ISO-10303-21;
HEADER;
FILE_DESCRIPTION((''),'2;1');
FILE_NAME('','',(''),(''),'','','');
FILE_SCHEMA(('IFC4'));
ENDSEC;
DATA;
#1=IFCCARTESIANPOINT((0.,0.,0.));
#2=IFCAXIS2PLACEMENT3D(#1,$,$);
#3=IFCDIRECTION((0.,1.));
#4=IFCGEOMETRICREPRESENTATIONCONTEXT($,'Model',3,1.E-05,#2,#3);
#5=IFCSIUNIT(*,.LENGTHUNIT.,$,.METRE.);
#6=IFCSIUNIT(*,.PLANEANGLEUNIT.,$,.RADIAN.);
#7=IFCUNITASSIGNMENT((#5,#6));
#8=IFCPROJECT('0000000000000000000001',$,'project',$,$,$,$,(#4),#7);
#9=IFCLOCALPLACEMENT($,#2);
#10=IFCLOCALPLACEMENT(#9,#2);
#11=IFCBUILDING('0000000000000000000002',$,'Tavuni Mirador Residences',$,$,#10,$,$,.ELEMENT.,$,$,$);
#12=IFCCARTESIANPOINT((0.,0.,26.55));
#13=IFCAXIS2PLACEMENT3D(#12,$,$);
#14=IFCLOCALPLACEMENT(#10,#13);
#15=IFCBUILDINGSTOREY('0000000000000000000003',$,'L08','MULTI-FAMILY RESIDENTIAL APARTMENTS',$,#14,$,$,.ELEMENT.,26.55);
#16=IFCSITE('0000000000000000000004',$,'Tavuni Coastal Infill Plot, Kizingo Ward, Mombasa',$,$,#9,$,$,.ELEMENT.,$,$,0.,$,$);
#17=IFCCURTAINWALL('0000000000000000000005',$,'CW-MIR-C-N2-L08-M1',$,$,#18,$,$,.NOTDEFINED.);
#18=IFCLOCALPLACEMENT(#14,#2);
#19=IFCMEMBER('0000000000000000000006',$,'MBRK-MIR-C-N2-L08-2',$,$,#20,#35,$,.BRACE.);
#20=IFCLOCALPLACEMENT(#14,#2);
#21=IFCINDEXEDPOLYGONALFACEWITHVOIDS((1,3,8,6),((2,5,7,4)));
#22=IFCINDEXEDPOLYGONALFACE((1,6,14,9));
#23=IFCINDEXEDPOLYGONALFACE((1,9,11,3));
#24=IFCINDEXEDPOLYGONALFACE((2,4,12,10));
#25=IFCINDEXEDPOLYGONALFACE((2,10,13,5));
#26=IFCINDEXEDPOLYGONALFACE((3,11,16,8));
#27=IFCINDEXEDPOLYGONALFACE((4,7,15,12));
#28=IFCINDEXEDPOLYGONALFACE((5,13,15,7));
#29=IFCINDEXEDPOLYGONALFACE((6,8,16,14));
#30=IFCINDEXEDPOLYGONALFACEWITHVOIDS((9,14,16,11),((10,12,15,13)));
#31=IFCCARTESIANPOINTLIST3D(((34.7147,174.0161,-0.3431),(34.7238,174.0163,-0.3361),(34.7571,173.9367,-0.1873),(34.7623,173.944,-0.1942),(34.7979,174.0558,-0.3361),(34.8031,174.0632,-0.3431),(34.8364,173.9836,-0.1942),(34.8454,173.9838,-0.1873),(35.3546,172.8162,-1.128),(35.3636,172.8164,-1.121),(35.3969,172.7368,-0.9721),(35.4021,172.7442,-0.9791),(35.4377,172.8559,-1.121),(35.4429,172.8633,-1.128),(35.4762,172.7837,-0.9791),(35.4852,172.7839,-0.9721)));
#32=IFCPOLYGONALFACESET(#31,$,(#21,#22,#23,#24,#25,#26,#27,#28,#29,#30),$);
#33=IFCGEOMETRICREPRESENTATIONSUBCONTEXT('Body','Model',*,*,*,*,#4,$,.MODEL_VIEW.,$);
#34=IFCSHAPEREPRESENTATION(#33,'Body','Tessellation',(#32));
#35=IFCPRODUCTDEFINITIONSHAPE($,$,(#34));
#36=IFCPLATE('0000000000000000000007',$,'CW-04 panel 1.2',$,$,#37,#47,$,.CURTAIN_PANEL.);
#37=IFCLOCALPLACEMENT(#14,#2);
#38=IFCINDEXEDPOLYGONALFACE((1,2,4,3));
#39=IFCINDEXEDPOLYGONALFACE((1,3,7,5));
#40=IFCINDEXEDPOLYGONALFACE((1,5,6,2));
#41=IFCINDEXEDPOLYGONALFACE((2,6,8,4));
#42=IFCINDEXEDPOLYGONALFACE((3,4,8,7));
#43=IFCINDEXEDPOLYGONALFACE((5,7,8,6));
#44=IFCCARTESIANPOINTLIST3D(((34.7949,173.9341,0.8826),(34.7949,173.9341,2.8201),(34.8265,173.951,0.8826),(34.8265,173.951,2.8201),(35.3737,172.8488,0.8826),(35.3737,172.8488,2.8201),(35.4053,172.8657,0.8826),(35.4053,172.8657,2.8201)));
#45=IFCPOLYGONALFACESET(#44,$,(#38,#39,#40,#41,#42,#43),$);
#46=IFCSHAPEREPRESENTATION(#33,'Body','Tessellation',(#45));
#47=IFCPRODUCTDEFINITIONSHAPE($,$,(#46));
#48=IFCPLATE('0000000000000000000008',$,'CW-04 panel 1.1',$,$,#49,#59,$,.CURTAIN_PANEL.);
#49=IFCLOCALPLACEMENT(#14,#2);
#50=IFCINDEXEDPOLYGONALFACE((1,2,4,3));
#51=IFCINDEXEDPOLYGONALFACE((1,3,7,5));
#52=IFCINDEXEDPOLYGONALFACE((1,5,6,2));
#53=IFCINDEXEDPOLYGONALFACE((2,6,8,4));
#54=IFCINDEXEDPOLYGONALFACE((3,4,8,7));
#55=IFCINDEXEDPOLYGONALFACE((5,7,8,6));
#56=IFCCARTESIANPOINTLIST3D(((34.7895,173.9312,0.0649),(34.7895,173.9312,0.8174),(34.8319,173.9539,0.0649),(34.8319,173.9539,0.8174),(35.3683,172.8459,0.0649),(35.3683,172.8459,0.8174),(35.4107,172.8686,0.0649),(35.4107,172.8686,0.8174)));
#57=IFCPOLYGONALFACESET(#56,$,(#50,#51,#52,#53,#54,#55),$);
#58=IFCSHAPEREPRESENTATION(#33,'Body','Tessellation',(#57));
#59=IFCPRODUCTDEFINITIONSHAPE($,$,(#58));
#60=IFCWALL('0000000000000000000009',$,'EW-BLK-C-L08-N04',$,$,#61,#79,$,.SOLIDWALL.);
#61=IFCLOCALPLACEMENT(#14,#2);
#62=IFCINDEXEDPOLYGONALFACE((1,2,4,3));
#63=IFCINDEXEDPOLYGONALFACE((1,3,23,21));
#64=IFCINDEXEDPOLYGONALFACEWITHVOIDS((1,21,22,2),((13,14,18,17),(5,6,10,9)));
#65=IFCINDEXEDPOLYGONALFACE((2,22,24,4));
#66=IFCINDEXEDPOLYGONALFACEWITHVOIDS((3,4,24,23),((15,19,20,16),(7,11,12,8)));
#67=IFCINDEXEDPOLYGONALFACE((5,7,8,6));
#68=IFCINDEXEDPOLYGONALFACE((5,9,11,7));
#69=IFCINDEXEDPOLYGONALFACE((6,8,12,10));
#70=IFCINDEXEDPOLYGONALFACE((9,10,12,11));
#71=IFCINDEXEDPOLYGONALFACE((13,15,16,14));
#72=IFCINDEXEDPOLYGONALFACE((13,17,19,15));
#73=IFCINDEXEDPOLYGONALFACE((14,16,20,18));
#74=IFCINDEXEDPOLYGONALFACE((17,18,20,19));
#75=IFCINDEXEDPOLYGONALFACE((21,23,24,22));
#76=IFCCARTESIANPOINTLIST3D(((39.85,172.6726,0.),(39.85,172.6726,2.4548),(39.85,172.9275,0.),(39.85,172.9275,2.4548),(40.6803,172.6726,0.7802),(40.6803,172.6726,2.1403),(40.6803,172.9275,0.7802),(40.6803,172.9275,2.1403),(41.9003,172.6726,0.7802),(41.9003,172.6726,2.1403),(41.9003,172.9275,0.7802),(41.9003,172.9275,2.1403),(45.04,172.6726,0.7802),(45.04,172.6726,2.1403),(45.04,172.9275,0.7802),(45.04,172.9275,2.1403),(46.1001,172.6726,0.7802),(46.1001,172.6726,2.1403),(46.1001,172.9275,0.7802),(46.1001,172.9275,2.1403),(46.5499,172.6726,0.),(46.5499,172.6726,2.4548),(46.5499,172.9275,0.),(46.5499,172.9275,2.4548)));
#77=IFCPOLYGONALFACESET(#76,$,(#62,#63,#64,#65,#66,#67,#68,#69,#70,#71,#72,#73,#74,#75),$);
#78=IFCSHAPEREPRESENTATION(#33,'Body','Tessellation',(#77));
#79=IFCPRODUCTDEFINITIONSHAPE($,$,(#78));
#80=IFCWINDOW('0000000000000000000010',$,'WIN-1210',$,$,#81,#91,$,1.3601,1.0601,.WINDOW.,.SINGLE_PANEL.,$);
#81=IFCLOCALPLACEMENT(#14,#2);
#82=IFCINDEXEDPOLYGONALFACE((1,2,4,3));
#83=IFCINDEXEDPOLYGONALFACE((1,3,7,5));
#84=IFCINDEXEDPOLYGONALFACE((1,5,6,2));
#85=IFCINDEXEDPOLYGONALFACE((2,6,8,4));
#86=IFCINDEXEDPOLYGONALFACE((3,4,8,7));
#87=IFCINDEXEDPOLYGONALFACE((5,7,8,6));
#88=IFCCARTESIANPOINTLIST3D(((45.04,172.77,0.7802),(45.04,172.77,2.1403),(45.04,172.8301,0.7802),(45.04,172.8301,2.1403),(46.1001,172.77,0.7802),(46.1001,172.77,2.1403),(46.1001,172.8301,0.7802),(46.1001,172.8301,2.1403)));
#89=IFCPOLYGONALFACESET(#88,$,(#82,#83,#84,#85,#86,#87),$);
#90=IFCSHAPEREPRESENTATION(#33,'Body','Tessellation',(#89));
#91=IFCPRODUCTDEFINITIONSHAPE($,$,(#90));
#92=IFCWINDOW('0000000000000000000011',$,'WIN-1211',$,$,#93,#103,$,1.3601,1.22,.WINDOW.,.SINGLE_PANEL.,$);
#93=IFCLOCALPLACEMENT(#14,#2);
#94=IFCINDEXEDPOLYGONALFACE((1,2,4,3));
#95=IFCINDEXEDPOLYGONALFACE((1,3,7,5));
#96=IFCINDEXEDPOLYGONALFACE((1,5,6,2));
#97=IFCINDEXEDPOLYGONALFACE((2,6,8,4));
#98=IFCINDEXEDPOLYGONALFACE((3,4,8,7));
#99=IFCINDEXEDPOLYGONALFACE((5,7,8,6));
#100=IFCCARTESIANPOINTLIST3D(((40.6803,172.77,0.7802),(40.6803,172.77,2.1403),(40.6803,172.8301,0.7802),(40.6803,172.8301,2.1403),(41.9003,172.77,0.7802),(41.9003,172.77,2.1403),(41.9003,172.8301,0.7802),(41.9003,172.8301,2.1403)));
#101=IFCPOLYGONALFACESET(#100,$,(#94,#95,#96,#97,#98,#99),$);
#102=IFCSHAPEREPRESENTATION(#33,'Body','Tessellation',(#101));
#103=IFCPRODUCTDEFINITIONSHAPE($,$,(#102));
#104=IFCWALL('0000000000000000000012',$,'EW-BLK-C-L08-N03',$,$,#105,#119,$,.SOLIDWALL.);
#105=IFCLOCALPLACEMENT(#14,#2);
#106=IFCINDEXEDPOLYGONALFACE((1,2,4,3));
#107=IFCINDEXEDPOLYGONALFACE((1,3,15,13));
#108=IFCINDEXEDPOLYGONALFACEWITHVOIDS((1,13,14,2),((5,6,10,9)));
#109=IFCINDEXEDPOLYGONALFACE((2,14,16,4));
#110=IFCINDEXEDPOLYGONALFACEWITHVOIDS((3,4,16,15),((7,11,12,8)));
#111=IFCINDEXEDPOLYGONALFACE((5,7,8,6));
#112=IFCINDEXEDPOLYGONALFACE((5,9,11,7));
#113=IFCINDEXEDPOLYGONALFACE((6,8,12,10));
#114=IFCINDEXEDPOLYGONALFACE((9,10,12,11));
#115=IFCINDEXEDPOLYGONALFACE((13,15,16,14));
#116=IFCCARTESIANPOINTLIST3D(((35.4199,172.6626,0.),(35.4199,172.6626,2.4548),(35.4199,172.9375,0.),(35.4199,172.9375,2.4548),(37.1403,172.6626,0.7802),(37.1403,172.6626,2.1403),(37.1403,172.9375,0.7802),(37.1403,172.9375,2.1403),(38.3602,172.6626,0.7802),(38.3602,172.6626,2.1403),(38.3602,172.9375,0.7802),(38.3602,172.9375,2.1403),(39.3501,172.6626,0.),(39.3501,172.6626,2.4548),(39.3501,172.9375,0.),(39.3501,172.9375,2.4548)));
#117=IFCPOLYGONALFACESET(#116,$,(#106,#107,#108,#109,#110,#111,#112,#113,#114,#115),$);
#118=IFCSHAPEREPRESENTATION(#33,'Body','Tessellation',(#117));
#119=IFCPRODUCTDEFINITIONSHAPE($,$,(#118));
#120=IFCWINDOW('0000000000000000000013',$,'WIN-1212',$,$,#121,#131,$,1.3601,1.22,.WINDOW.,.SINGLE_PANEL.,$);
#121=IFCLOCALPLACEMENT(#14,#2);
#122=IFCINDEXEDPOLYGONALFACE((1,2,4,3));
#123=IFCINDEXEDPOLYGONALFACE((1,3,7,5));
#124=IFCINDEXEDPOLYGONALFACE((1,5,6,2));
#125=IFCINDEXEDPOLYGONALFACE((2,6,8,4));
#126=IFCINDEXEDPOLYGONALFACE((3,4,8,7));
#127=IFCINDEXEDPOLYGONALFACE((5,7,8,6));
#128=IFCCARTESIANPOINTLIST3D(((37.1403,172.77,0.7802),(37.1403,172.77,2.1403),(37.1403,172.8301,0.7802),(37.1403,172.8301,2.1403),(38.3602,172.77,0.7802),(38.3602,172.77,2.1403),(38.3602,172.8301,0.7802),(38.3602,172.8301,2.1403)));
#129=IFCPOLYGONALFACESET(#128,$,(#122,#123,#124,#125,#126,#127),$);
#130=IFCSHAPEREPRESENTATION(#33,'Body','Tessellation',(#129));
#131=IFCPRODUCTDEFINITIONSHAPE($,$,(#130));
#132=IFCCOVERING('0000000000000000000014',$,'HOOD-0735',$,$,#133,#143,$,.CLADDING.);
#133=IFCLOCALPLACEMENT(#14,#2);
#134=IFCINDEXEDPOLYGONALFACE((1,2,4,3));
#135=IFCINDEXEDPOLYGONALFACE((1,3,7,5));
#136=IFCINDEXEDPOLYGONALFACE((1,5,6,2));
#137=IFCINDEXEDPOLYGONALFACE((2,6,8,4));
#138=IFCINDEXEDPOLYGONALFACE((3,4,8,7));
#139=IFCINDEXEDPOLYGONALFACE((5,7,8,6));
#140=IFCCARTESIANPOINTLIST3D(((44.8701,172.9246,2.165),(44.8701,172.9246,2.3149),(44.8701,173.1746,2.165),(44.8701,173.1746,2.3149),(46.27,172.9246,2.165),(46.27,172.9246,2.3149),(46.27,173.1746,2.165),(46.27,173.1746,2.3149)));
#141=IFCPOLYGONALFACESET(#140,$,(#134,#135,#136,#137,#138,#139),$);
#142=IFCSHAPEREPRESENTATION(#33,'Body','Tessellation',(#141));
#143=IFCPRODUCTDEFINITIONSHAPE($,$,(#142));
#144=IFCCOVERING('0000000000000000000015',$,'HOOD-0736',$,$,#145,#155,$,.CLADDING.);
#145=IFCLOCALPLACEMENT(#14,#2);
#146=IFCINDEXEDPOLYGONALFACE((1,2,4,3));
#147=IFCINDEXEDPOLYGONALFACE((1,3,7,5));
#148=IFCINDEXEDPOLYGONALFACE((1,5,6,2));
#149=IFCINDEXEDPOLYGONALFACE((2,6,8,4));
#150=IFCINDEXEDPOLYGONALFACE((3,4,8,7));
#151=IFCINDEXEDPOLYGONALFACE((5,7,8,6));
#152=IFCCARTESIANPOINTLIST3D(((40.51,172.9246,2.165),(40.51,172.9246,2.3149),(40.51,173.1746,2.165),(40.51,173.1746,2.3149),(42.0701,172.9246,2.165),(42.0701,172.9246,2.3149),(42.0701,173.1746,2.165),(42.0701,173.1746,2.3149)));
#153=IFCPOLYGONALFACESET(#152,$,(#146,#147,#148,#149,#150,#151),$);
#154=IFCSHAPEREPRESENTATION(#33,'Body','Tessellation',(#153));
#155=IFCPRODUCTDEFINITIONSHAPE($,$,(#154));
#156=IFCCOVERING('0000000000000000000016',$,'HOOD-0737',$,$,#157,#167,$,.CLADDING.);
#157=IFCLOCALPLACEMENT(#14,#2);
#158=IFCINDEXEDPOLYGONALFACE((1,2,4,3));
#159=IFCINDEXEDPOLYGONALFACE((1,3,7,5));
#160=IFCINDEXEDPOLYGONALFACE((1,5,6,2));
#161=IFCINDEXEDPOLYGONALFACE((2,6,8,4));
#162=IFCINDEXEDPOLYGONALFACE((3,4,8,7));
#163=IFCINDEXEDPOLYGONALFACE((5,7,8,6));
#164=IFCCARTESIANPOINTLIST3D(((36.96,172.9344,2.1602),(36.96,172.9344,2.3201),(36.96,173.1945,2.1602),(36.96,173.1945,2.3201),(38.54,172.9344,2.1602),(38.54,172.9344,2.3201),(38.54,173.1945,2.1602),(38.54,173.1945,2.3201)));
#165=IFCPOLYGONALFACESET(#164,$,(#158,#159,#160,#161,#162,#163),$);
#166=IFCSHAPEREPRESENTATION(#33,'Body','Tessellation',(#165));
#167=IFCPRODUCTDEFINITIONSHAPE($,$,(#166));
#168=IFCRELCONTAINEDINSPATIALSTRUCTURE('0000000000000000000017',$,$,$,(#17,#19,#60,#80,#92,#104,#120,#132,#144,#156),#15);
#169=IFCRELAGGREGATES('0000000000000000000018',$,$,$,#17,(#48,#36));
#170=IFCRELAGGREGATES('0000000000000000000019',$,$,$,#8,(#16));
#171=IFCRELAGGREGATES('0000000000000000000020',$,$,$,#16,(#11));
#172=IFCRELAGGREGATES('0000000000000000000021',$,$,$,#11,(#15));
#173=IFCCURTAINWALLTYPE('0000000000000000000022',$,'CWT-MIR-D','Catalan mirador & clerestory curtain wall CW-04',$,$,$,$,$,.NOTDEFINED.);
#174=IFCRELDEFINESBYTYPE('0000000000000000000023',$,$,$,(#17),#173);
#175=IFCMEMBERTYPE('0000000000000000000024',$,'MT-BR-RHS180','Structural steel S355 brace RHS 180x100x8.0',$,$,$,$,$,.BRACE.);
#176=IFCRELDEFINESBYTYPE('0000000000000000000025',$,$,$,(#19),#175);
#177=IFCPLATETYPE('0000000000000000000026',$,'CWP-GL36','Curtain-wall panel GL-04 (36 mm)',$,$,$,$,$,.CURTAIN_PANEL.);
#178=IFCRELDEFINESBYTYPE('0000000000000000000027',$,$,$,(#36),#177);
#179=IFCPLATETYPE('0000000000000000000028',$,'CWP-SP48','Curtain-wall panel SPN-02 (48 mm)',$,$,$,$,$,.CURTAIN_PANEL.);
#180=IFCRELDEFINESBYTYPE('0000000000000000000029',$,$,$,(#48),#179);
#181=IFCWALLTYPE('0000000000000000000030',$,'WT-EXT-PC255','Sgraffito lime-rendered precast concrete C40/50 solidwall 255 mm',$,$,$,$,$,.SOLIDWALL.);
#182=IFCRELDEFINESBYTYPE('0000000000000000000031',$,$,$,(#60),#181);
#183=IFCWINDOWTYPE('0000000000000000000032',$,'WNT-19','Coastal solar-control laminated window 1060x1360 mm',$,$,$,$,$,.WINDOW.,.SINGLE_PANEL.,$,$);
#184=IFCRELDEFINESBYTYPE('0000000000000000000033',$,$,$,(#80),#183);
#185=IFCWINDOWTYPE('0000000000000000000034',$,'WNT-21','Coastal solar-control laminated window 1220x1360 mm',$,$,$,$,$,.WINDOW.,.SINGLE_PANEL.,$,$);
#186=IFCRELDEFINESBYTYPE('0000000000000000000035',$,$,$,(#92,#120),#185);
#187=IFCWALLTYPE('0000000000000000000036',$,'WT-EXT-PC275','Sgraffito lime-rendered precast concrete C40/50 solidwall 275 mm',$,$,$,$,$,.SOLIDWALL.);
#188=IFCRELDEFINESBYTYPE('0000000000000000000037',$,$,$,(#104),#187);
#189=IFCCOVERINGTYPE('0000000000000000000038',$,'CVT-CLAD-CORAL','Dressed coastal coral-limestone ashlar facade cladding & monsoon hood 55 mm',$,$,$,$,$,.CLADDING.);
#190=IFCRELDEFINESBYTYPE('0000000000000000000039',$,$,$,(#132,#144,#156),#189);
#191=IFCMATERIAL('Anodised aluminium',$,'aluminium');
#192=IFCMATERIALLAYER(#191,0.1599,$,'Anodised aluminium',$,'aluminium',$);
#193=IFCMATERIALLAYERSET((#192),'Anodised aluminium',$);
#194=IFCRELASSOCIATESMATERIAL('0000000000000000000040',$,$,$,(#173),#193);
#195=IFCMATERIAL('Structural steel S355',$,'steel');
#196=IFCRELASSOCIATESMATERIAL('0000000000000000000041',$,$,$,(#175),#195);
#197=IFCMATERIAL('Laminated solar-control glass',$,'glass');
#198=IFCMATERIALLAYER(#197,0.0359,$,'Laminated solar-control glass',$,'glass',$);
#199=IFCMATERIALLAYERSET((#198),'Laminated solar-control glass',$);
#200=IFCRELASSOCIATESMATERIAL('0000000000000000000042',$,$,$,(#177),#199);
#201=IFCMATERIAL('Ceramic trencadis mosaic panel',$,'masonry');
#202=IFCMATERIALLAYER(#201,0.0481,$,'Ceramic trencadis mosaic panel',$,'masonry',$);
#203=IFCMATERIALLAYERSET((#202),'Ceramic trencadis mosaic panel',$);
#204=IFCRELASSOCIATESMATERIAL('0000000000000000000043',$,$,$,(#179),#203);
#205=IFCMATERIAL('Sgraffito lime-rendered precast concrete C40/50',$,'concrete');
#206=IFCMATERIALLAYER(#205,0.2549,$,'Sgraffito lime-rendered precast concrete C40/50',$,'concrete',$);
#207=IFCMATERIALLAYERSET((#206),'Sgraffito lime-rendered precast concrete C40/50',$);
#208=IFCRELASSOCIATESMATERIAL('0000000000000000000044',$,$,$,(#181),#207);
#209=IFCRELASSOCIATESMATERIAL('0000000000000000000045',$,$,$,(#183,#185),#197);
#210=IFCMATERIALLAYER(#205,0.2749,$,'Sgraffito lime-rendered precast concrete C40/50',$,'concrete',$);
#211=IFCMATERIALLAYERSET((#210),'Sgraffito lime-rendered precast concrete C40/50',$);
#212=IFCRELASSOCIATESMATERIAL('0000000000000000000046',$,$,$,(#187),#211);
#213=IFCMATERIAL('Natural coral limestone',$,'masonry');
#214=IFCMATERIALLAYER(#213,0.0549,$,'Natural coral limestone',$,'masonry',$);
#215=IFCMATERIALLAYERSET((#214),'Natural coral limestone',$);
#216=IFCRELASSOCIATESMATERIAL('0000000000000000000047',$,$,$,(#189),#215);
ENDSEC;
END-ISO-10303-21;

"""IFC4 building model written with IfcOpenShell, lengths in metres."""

from ifc_helpers import new_model, si_unit, direction, frame, frame_2d, origin, origin_2d, place, context, subcontext, project, spatial, rectangle, hollow_rectangle, extrude, material, layer, layer_set, material_profile, profile_set, type_object, element, fill, aggregate, save


model = new_model("IFC4")

# Units and contexts
model_context = context("Model", 3, precision=1e-05, world=origin(), true_north=direction((0.0, 1.0)))
body_context = subcontext(model_context, "Body", "Model", "MODEL_VIEW")
ifc_project = project(units=[si_unit("LENGTHUNIT", "METRE"), si_unit("PLANEANGLEUNIT", "RADIAN")], contexts=[model_context])

# Site, building, storey
site_placement = place(None, origin())
site = spatial("IfcSite", under=ifc_project, at=site_placement, Name="Tavuni Coastal Infill Plot, Kizingo Ward, Mombasa", CompositionType="ELEMENT", RefElevation=0.0)
building_placement = place(site_placement, origin())
building = spatial("IfcBuilding", under=site, at=building_placement, Name="Tavuni Mirador Residences", CompositionType="ELEMENT")
storey_placement = place(building_placement, frame((0.0, 0.0, 26.55)))
storey = spatial("IfcBuildingStorey", under=building, at=storey_placement, Name="L08", Description="MULTI-FAMILY RESIDENTIAL APARTMENTS", CompositionType="ELEMENT", Elevation=26.55)

# Shared definitions
ifc_material_1 = material(Name="Anodised aluminium", Category="aluminium")

# Curtain wall
ifc_layer_1 = layer(ifc_material_1, 0.1599, Name="Anodised aluminium", Category="aluminium")
ifc_layer_set_1 = layer_set([ifc_layer_1], Name="Anodised aluminium")
curtain_wall_type_1 = type_object("IfcCurtainWallType", Name="CWT-MIR-D", Description="Catalan mirador & clerestory curtain wall CW-04", PredefinedType="NOTDEFINED", material=ifc_layer_set_1)
curtain_wall_1_placement = place(storey_placement, origin())
curtain_wall_1 = element("IfcCurtainWall", 1, at=curtain_wall_1_placement, inside=storey, type_object=curtain_wall_type_1, Name="CW-MIR-C-N2-L08-M1", PredefinedType="NOTDEFINED")

# Member
ifc_material_2 = material(Name="Structural steel S355", Category="steel")
ifc_material_profile_1 = material_profile(ifc_material_2, hollow_rectangle(XDim=0.1001, YDim=0.1799, WallThickness=0.0081, at=origin_2d()), Name="RHS 180x100x8.0", Category="steel")
ifc_profile_set_1 = profile_set([ifc_material_profile_1], Name="Structural steel S355")
member_type_1 = type_object("IfcMemberType", Name="MT-BR-RHS180", Description="Structural steel S355 brace RHS 180x100x8.0", PredefinedType="BRACE", material=ifc_profile_set_1)
member_1_placement = place(storey_placement, frame((35.4199, 172.8, -1.05), z_axis=(-0.407531, 0.764218, 0.49989), x_axis=(-0.882378, -0.470542, 0.0)))
element("IfcMember", 2, at=member_1_placement, inside=storey, type_object=member_type_1, Name="MBRK-MIR-C-N2-L08-2", PredefinedType="BRACE", context=body_context, shape_type="SweptSolid", body=[
    extrude(hollow_rectangle(XDim=0.1001, YDim=0.1799, WallThickness=0.0081, at=origin_2d()), origin(), (0.0, 0.0, 1.0), 1.5701),
])

# Plates
ifc_material_3 = material(Name="Laminated solar-control glass", Category="glass")
ifc_layer_2 = layer(ifc_material_3, 0.0359, Name="Laminated solar-control glass", Category="glass")
ifc_layer_set_2 = layer_set([ifc_layer_2], Name="Laminated solar-control glass")
plate_type_1 = type_object("IfcPlateType", Name="CWP-GL36", Description="Curtain-wall panel GL-04 (36 mm)", PredefinedType="CURTAIN_PANEL", material=ifc_layer_set_2)
plate_1_placement = place(storey_placement, frame((35.1001, 173.3999, 0.8826), z_axis=(0.0, 0.0, 1.0), x_axis=(-0.470588, 0.882353, 0.0)))
plate_1 = element("IfcPlate", 3, at=plate_1_placement, type_object=plate_type_1, Name="CW-04 panel 1.2", PredefinedType="CURTAIN_PANEL", context=body_context, shape_type="SweptSolid", body=[
    extrude(rectangle(XDim=1.23, YDim=0.0359, at=origin_2d()), origin(), (0.0, 0.0, 1.0), 1.9375),
])
ifc_material_4 = material(Name="Ceramic trencadis mosaic panel", Category="masonry")
ifc_layer_3 = layer(ifc_material_4, 0.0481, Name="Ceramic trencadis mosaic panel", Category="masonry")
ifc_layer_set_3 = layer_set([ifc_layer_3], Name="Ceramic trencadis mosaic panel")
plate_type_2 = type_object("IfcPlateType", Name="CWP-SP48", Description="Curtain-wall panel SPN-02 (48 mm)", PredefinedType="CURTAIN_PANEL", material=ifc_layer_set_3)
plate_2_placement = place(storey_placement, frame((35.1001, 173.3999, 0.0649), z_axis=(0.0, 0.0, 1.0), x_axis=(-0.470588, 0.882353, 0.0)))
plate_2 = element("IfcPlate", 4, at=plate_2_placement, type_object=plate_type_2, Name="CW-04 panel 1.1", PredefinedType="CURTAIN_PANEL", context=body_context, shape_type="SweptSolid", body=[
    extrude(rectangle(XDim=1.23, YDim=0.0481, at=origin_2d()), origin(), (0.0, 0.0, 1.0), 0.7524),
])
aggregate(curtain_wall_1, [plate_2, plate_1])

# Wall, openings, windows
ifc_material_5 = material(Name="Sgraffito lime-rendered precast concrete C40/50", Category="concrete")
ifc_layer_4 = layer(ifc_material_5, 0.2549, Name="Sgraffito lime-rendered precast concrete C40/50", Category="concrete")
ifc_layer_set_4 = layer_set([ifc_layer_4], Name="Sgraffito lime-rendered precast concrete C40/50")
wall_type_1 = type_object("IfcWallType", Name="WT-EXT-PC255", Description="Sgraffito lime-rendered precast concrete C40/50 solidwall 255 mm", PredefinedType="SOLIDWALL", material=ifc_layer_set_4)
wall_1_placement = place(storey_placement, frame((46.55, 172.8, 0.0), z_axis=(0.0, 0.0, 1.0), x_axis=(-1.0, 0.0, 0.0)))
wall_1 = element("IfcWall", 5, at=wall_1_placement, inside=storey, type_object=wall_type_1, Name="EW-BLK-C-L08-N04", PredefinedType="SOLIDWALL", context=body_context, shape_type="SweptSolid", body=[
    extrude(rectangle(XDim=6.7, YDim=0.2549, at=frame_2d((3.3501, 0.0))), origin(), (0.0, 0.0, 1.0), 2.4548),
])
opening_1_placement = place(wall_1_placement, frame((0.45, 0.0, 0.78)))
opening_1 = element("IfcOpeningElement", 6, at=opening_1_placement, cuts=wall_1, PredefinedType="OPENING", context=body_context, shape_type="SweptSolid", body=[
    extrude(rectangle(XDim=1.0601, YDim=1.3601, at=frame_2d((0.53, 0.6802))), frame((0.0, 0.1375, 0.0), z_axis=(0.0, -1.0, 0.0), x_axis=(1.0, 0.0, 0.0)), (0.0, 0.0, 1.0), 0.2749),
])
opening_2_placement = place(wall_1_placement, frame((4.6499, 0.0, 0.78)))
opening_2 = element("IfcOpeningElement", 7, at=opening_2_placement, cuts=wall_1, PredefinedType="OPENING", context=body_context, shape_type="SweptSolid", body=[
    extrude(rectangle(XDim=1.22, YDim=1.3601, at=frame_2d((0.6099, 0.6802))), frame((0.0, 0.1375, 0.0), z_axis=(0.0, -1.0, 0.0), x_axis=(1.0, 0.0, 0.0)), (0.0, 0.0, 1.0), 0.2749),
])
window_type_1 = type_object("IfcWindowType", Name="WNT-19", Description="Coastal solar-control laminated window 1060x1360 mm", PartitioningType="SINGLE_PANEL", PredefinedType="WINDOW", material=ifc_material_3)
window_1_placement = place(opening_1_placement, origin())
window_1 = element("IfcWindow", 8, at=window_1_placement, inside=storey, type_object=window_type_1, Name="WIN-1210", OverallHeight=1.3601, OverallWidth=1.0601, PartitioningType="SINGLE_PANEL", PredefinedType="WINDOW", context=body_context, shape_type="SweptSolid", body=[
    extrude(rectangle(XDim=1.0601, YDim=1.3601, at=frame_2d((0.53, 0.6802))), frame((0.0, 0.03, 0.0), z_axis=(0.0, -1.0, 0.0), x_axis=(1.0, 0.0, 0.0)), (0.0, 0.0, 1.0), 0.0601),
])
fill(opening_1, window_1)
window_type_2 = type_object("IfcWindowType", Name="WNT-21", Description="Coastal solar-control laminated window 1220x1360 mm", PartitioningType="SINGLE_PANEL", PredefinedType="WINDOW", material=ifc_material_3)
window_2_placement = place(opening_2_placement, origin())
window_2 = element("IfcWindow", 9, at=window_2_placement, inside=storey, type_object=window_type_2, Name="WIN-1211", OverallHeight=1.3601, OverallWidth=1.22, PartitioningType="SINGLE_PANEL", PredefinedType="WINDOW", context=body_context, shape_type="SweptSolid", body=[
    extrude(rectangle(XDim=1.22, YDim=1.3601, at=frame_2d((0.6099, 0.6802))), frame((0.0, 0.03, 0.0), z_axis=(0.0, -1.0, 0.0), x_axis=(1.0, 0.0, 0.0)), (0.0, 0.0, 1.0), 0.0601),
])
fill(opening_2, window_2)

# Wall, opening, window
ifc_layer_5 = layer(ifc_material_5, 0.2749, Name="Sgraffito lime-rendered precast concrete C40/50", Category="concrete")
ifc_layer_set_5 = layer_set([ifc_layer_5], Name="Sgraffito lime-rendered precast concrete C40/50")
wall_type_2 = type_object("IfcWallType", Name="WT-EXT-PC275", Description="Sgraffito lime-rendered precast concrete C40/50 solidwall 275 mm", PredefinedType="SOLIDWALL", material=ifc_layer_set_5)
wall_2_placement = place(storey_placement, frame((39.3501, 172.8, 0.0), z_axis=(0.0, 0.0, 1.0), x_axis=(-1.0, 0.0, 0.0)))
wall_2 = element("IfcWall", 10, at=wall_2_placement, inside=storey, type_object=wall_type_2, Name="EW-BLK-C-L08-N03", PredefinedType="SOLIDWALL", context=body_context, shape_type="SweptSolid", body=[
    extrude(rectangle(XDim=3.9302, YDim=0.2749, at=frame_2d((1.9651, 0.0))), origin(), (0.0, 0.0, 1.0), 2.4548),
])
opening_3_placement = place(wall_2_placement, frame((0.99, 0.0, 0.78)))
opening_3 = element("IfcOpeningElement", 11, at=opening_3_placement, cuts=wall_2, PredefinedType="OPENING", context=body_context, shape_type="SweptSolid", body=[
    extrude(rectangle(XDim=1.22, YDim=1.3601, at=frame_2d((0.6099, 0.6802))), frame((0.0, 0.1475, 0.0), z_axis=(0.0, -1.0, 0.0), x_axis=(1.0, 0.0, 0.0)), (0.0, 0.0, 1.0), 0.2949),
])
window_3_placement = place(opening_3_placement, origin())
window_3 = element("IfcWindow", 12, at=window_3_placement, inside=storey, type_object=window_type_2, Name="WIN-1212", OverallHeight=1.3601, OverallWidth=1.22, PartitioningType="SINGLE_PANEL", PredefinedType="WINDOW", context=body_context, shape_type="SweptSolid", body=[
    extrude(rectangle(XDim=1.22, YDim=1.3601, at=frame_2d((0.6099, 0.6802))), frame((0.0, 0.03, 0.0), z_axis=(0.0, -1.0, 0.0), x_axis=(1.0, 0.0, 0.0)), (0.0, 0.0, 1.0), 0.0601),
])
fill(opening_3, window_3)

# Coverings
ifc_material_6 = material(Name="Natural coral limestone", Category="masonry")
ifc_layer_6 = layer(ifc_material_6, 0.0549, Name="Natural coral limestone", Category="masonry")
ifc_layer_set_6 = layer_set([ifc_layer_6], Name="Natural coral limestone")
covering_type = type_object("IfcCoveringType", Name="CVT-CLAD-CORAL", Description="Dressed coastal coral-limestone ashlar facade cladding & monsoon hood 55 mm", PredefinedType="CLADDING", material=ifc_layer_set_6)
covering_1_placement = place(storey_placement, frame((45.5701, 173.0496, 2.165), z_axis=(0.0, 0.0, 1.0), x_axis=(-1.0, 0.0, 0.0)))
element("IfcCovering", 13, at=covering_1_placement, inside=storey, type_object=covering_type, Name="HOOD-0735", PredefinedType="CLADDING", context=body_context, shape_type="SweptSolid", body=[
    extrude(rectangle(XDim=1.3999, YDim=0.25, at=origin_2d()), origin(), (0.0, 0.0, 1.0), 0.1499),
])
covering_2_placement = place(storey_placement, frame((41.29, 173.0496, 2.165), z_axis=(0.0, 0.0, 1.0), x_axis=(-1.0, 0.0, 0.0)))
element("IfcCovering", 14, at=covering_2_placement, inside=storey, type_object=covering_type, Name="HOOD-0736", PredefinedType="CLADDING", context=body_context, shape_type="SweptSolid", body=[
    extrude(rectangle(XDim=1.5601, YDim=0.25, at=origin_2d()), origin(), (0.0, 0.0, 1.0), 0.1499),
])
covering_3_placement = place(storey_placement, frame((37.75, 173.0645, 2.1602), z_axis=(0.0, 0.0, 1.0), x_axis=(-1.0, 0.0, 0.0)))
element("IfcCovering", 15, at=covering_3_placement, inside=storey, type_object=covering_type, Name="HOOD-0737", PredefinedType="CLADDING", context=body_context, shape_type="SweptSolid", body=[
    extrude(rectangle(XDim=1.5801, YDim=0.26, at=origin_2d()), origin(), (0.0, 0.0, 1.0), 0.1599),
])

save(model, "model.ifc")
